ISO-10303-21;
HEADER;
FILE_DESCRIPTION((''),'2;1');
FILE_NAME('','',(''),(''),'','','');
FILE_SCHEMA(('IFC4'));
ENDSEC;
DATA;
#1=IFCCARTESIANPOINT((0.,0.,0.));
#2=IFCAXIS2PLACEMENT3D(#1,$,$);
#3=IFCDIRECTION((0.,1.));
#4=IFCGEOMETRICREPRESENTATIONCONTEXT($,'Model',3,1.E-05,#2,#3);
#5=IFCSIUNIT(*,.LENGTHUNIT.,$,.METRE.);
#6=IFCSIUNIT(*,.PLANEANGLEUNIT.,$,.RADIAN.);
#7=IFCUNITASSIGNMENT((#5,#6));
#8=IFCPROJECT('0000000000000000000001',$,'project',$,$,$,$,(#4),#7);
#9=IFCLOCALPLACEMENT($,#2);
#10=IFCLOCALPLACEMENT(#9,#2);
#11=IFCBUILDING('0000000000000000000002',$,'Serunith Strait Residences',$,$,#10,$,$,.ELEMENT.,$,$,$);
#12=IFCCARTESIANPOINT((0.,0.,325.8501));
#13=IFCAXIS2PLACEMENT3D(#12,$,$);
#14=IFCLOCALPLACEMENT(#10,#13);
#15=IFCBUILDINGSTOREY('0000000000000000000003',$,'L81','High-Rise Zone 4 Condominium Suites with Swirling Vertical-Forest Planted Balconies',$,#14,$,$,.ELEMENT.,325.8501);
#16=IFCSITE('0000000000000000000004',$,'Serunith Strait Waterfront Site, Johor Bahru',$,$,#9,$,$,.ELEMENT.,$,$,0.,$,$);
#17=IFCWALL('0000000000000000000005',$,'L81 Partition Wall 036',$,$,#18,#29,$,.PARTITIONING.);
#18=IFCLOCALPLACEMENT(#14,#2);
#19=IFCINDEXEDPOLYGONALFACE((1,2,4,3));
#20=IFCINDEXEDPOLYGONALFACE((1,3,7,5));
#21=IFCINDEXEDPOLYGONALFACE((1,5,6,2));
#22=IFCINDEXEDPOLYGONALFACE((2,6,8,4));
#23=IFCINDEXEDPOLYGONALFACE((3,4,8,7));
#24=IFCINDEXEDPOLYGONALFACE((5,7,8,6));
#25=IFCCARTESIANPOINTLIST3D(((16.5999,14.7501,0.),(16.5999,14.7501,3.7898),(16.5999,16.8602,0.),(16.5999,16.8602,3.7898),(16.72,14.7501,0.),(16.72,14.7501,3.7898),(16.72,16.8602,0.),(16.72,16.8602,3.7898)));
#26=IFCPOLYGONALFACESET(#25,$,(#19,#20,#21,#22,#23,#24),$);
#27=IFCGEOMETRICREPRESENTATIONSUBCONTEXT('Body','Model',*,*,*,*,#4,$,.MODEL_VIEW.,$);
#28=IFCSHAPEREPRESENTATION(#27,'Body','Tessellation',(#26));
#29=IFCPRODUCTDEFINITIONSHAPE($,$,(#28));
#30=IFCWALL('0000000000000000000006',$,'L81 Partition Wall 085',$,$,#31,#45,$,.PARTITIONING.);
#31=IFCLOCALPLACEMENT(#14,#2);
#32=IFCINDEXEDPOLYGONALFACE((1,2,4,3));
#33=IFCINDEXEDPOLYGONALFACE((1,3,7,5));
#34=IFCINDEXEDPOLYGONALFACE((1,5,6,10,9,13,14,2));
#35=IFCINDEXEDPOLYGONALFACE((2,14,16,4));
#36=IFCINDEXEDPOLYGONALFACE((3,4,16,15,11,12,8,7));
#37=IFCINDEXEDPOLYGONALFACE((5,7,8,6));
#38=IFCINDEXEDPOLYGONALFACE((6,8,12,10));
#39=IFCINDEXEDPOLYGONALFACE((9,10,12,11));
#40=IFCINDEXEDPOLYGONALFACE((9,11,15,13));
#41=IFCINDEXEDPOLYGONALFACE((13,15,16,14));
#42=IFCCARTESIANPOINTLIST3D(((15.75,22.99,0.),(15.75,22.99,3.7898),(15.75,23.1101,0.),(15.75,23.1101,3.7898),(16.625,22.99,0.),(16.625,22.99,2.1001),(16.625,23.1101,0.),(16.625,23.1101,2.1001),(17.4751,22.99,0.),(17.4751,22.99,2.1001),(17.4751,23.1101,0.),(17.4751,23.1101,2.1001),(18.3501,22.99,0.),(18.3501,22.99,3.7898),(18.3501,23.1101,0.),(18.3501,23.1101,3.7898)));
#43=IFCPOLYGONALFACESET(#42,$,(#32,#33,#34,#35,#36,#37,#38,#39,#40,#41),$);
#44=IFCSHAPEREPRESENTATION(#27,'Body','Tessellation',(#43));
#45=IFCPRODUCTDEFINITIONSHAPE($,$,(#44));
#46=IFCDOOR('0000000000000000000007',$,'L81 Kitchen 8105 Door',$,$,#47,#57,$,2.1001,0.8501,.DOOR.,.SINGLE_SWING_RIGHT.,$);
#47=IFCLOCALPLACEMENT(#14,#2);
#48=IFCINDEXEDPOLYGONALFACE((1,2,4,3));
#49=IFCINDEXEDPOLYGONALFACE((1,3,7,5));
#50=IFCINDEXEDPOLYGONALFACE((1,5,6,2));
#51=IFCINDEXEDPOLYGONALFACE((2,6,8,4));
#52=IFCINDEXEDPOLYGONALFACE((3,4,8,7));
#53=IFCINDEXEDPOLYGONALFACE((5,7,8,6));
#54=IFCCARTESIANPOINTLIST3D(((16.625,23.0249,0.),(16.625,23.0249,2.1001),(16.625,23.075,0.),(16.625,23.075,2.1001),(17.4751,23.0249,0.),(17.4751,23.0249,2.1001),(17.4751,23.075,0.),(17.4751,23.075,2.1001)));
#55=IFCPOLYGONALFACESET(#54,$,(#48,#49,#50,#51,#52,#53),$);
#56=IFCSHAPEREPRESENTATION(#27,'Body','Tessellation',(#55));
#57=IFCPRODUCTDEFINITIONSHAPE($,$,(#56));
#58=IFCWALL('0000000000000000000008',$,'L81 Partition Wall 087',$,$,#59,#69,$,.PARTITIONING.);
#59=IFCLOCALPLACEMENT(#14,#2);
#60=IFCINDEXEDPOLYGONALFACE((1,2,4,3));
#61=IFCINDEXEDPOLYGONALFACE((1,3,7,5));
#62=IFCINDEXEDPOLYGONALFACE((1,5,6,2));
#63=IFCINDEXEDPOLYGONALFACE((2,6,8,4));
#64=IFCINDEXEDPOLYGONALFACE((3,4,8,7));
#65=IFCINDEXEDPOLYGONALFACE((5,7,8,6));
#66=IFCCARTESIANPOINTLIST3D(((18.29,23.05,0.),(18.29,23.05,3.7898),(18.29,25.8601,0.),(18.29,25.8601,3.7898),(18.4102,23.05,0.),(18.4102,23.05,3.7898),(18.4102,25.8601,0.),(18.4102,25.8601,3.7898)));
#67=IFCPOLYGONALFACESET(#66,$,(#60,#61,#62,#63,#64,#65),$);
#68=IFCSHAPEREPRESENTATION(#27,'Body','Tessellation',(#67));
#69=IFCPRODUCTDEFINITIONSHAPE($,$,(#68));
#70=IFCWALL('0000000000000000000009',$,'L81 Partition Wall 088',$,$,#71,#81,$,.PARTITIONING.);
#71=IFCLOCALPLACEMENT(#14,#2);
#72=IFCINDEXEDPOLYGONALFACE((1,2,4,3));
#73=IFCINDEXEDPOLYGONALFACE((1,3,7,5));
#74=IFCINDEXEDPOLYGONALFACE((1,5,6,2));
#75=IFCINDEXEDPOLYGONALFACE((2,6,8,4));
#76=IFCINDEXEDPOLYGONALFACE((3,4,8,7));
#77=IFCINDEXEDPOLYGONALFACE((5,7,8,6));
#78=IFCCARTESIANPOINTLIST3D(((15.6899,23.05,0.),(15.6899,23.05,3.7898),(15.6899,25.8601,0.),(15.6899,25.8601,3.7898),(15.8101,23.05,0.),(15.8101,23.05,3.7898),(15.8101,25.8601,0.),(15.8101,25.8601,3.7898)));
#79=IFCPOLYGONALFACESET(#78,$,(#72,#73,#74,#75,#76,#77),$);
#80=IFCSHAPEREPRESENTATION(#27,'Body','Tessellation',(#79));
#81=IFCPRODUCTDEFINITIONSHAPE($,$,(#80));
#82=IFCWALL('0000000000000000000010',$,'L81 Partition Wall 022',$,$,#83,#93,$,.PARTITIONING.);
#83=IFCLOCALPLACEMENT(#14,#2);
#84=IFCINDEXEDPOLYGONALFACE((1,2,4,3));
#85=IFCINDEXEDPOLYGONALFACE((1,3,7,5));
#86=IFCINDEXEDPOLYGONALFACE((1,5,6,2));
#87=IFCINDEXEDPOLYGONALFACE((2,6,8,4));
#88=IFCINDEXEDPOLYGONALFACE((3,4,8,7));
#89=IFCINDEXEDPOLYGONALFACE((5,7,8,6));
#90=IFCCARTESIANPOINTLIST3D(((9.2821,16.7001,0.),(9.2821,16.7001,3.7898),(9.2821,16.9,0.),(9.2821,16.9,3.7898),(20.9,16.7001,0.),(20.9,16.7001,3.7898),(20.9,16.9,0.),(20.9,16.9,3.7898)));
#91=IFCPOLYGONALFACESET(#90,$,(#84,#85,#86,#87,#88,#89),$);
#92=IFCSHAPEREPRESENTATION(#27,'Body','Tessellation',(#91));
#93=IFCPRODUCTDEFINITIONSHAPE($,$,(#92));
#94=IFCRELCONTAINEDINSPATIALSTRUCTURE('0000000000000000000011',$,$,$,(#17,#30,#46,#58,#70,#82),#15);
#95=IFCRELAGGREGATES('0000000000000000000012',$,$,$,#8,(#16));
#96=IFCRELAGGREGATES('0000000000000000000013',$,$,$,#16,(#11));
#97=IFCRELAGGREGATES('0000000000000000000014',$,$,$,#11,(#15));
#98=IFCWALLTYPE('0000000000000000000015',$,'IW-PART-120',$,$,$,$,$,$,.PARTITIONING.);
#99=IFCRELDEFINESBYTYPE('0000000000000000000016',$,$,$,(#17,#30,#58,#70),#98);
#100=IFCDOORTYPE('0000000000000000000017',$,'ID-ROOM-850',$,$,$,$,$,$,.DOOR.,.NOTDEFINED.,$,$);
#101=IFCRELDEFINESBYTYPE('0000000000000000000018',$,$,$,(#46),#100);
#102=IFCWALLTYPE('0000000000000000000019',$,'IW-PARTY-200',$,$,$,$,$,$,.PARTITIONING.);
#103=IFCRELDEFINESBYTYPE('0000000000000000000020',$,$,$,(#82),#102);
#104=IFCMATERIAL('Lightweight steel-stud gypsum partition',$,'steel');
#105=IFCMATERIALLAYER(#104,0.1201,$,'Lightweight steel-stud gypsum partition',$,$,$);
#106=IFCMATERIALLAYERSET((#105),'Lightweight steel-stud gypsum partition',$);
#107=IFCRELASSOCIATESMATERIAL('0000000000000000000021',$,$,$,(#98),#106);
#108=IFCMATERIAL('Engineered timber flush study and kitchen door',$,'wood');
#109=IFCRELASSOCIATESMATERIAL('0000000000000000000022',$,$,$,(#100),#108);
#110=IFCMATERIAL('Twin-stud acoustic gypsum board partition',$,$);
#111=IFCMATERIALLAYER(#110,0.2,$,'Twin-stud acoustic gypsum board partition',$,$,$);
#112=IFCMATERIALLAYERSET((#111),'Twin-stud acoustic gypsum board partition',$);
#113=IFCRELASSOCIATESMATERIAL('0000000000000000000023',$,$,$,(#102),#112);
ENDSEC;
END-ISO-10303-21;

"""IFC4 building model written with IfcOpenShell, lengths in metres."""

from ifc_helpers import new_model, si_unit, direction, frame, frame_2d, origin, place, context, subcontext, project, spatial, rectangle, extrude, source, transform, mapped, material, layer, layer_set, type_object, element, fill, save


model = new_model("IFC4")

# Units and contexts
model_context = context("Model", 3, precision=1e-05, world=origin(), true_north=direction((0.0, 1.0)))
body_context = subcontext(model_context, "Body", "Model", "MODEL_VIEW")
ifc_project = project(units=[si_unit("LENGTHUNIT", "METRE"), si_unit("PLANEANGLEUNIT", "RADIAN")], contexts=[model_context])

# Site, building, storey
site_placement = place(None, origin())
site = spatial("IfcSite", under=ifc_project, at=site_placement, Name="Serunith Strait Waterfront Site, Johor Bahru", CompositionType="ELEMENT", RefElevation=0.0)
building_placement = place(site_placement, origin())
building = spatial("IfcBuilding", under=site, at=building_placement, Name="Serunith Strait Residences", CompositionType="ELEMENT")
storey_placement = place(building_placement, frame((0.0, 0.0, 325.8501)))
storey = spatial("IfcBuildingStorey", under=building, at=storey_placement, Name="L81", Description="High-Rise Zone 4 Condominium Suites with Swirling Vertical-Forest Planted Balconies", CompositionType="ELEMENT", Elevation=325.8501)

# Wall
ifc_material_1 = material(Name="Lightweight steel-stud gypsum partition", Category="steel")
ifc_layer_1 = layer(ifc_material_1, 0.1201, Name="Lightweight steel-stud gypsum partition")
ifc_layer_set_1 = layer_set([ifc_layer_1], Name="Lightweight steel-stud gypsum partition")
wall_type_1 = type_object("IfcWallType", Name="IW-PART-120", PredefinedType="PARTITIONING", material=ifc_layer_set_1)
wall_1_placement = place(storey_placement, frame((16.6599, 14.75, 0.0), z_axis=(0.0, 0.0, 1.0), x_axis=(0.0, 1.0, 0.0)))
element("IfcWall", 1, at=wall_1_placement, inside=storey, type_object=wall_type_1, Name="L81 Partition Wall 036", PredefinedType="PARTITIONING", context=body_context, shape_type="SweptSolid", body=[
    extrude(rectangle(XDim=2.1101, YDim=0.1201, at=frame_2d((1.0552, 0.0))), origin(), (0.0, 0.0, 1.0), 3.7898),
])

# Wall, opening, door
wall_2_placement = place(storey_placement, frame((15.75, 23.05, 0.0), z_axis=(0.0, 0.0, 1.0), x_axis=(1.0, 0.0, 0.0)))
wall_2 = element("IfcWall", 2, at=wall_2_placement, inside=storey, type_object=wall_type_1, Name="L81 Partition Wall 085", PredefinedType="PARTITIONING", context=body_context, shape_type="SweptSolid", body=[
    extrude(rectangle(XDim=2.6001, YDim=0.1201, at=frame_2d((1.3, 0.0))), origin(), (0.0, 0.0, 1.0), 3.7898),
])
opening_placement = place(wall_2_placement, frame((0.875, 0.0, 0.0)))
opening = element("IfcOpeningElement", 3, at=opening_placement, cuts=wall_2, PredefinedType="OPENING", context=body_context, shape_type="SweptSolid", body=[
    extrude(rectangle(XDim=0.8501, YDim=2.1001, at=frame_2d((0.425, 1.05))), frame((0.0, 0.0701, 0.0), z_axis=(0.0, -1.0, 0.0), x_axis=(1.0, 0.0, 0.0)), (0.0, 0.0, 1.0), 0.1401),
])
ifc_material_2 = material(Name="Engineered timber flush study and kitchen door", Category="wood")
door_type = type_object("IfcDoorType", Name="ID-ROOM-850", OperationType="NOTDEFINED", PredefinedType="DOOR", material=ifc_material_2)
shared_shape_1 = source(origin(), body_context, "Body", "SweptSolid", [
    extrude(rectangle(XDim=0.8501, YDim=2.1001, at=frame_2d((0.425, 1.05))), frame((0.0, 0.0249, 0.0), z_axis=(0.0, -1.0, 0.0), x_axis=(1.0, 0.0, 0.0)), (0.0, 0.0, 1.0), 0.05),
])
door_placement = place(opening_placement, origin())
door = element("IfcDoor", 4, at=door_placement, inside=storey, type_object=door_type, Name="L81 Kitchen 8105 Door", OperationType="SINGLE_SWING_RIGHT", OverallHeight=2.1001, OverallWidth=0.8501, PredefinedType="DOOR", context=body_context, shape_type="MappedRepresentation", body=[
    mapped(shared_shape_1, transform((0.0, 0.0, 0.0), scale=1.0)),
])
fill(opening, door)

# Walls
for number, where, z_axis, x_axis, name in (
    (5, (18.3501, 23.05, 0.0), (0.0, 0.0, 1.0), (0.0, 1.0, 0.0), "L81 Partition Wall 087"),
    (6, (15.75, 23.05, 0.0), (0.0, 0.0, 1.0), (0.0, 1.0, 0.0), "L81 Partition Wall 088"),
):
    element("IfcWall", number, at=place(storey_placement, frame(where, z_axis=z_axis, x_axis=x_axis)), inside=storey, type_object=wall_type_1, Name=name, PredefinedType="PARTITIONING", context=body_context, shape_type="SweptSolid", body=[
        extrude(rectangle(XDim=2.8101, YDim=0.1201, at=frame_2d((1.405, 0.0))), origin(), (0.0, 0.0, 1.0), 3.7898),
    ])
ifc_material_3 = material(Name="Twin-stud acoustic gypsum board partition")
ifc_layer_2 = layer(ifc_material_3, 0.2, Name="Twin-stud acoustic gypsum board partition")
ifc_layer_set_2 = layer_set([ifc_layer_2], Name="Twin-stud acoustic gypsum board partition")
wall_type_2 = type_object("IfcWallType", Name="IW-PARTY-200", PredefinedType="PARTITIONING", material=ifc_layer_set_2)
wall_3_placement = place(storey_placement, frame((9.282, 16.8, 0.0), z_axis=(0.0, 0.0, 1.0), x_axis=(1.0, 0.0, 0.0)))
element("IfcWall", 7, at=wall_3_placement, inside=storey, type_object=wall_type_2, Name="L81 Partition Wall 022", PredefinedType="PARTITIONING", context=body_context, shape_type="SweptSolid", body=[
    extrude(rectangle(XDim=11.6179, YDim=0.2, at=frame_2d((5.8091, 0.0))), origin(), (0.0, 0.0, 1.0), 3.7898),
])

save(model, "model.ifc")
